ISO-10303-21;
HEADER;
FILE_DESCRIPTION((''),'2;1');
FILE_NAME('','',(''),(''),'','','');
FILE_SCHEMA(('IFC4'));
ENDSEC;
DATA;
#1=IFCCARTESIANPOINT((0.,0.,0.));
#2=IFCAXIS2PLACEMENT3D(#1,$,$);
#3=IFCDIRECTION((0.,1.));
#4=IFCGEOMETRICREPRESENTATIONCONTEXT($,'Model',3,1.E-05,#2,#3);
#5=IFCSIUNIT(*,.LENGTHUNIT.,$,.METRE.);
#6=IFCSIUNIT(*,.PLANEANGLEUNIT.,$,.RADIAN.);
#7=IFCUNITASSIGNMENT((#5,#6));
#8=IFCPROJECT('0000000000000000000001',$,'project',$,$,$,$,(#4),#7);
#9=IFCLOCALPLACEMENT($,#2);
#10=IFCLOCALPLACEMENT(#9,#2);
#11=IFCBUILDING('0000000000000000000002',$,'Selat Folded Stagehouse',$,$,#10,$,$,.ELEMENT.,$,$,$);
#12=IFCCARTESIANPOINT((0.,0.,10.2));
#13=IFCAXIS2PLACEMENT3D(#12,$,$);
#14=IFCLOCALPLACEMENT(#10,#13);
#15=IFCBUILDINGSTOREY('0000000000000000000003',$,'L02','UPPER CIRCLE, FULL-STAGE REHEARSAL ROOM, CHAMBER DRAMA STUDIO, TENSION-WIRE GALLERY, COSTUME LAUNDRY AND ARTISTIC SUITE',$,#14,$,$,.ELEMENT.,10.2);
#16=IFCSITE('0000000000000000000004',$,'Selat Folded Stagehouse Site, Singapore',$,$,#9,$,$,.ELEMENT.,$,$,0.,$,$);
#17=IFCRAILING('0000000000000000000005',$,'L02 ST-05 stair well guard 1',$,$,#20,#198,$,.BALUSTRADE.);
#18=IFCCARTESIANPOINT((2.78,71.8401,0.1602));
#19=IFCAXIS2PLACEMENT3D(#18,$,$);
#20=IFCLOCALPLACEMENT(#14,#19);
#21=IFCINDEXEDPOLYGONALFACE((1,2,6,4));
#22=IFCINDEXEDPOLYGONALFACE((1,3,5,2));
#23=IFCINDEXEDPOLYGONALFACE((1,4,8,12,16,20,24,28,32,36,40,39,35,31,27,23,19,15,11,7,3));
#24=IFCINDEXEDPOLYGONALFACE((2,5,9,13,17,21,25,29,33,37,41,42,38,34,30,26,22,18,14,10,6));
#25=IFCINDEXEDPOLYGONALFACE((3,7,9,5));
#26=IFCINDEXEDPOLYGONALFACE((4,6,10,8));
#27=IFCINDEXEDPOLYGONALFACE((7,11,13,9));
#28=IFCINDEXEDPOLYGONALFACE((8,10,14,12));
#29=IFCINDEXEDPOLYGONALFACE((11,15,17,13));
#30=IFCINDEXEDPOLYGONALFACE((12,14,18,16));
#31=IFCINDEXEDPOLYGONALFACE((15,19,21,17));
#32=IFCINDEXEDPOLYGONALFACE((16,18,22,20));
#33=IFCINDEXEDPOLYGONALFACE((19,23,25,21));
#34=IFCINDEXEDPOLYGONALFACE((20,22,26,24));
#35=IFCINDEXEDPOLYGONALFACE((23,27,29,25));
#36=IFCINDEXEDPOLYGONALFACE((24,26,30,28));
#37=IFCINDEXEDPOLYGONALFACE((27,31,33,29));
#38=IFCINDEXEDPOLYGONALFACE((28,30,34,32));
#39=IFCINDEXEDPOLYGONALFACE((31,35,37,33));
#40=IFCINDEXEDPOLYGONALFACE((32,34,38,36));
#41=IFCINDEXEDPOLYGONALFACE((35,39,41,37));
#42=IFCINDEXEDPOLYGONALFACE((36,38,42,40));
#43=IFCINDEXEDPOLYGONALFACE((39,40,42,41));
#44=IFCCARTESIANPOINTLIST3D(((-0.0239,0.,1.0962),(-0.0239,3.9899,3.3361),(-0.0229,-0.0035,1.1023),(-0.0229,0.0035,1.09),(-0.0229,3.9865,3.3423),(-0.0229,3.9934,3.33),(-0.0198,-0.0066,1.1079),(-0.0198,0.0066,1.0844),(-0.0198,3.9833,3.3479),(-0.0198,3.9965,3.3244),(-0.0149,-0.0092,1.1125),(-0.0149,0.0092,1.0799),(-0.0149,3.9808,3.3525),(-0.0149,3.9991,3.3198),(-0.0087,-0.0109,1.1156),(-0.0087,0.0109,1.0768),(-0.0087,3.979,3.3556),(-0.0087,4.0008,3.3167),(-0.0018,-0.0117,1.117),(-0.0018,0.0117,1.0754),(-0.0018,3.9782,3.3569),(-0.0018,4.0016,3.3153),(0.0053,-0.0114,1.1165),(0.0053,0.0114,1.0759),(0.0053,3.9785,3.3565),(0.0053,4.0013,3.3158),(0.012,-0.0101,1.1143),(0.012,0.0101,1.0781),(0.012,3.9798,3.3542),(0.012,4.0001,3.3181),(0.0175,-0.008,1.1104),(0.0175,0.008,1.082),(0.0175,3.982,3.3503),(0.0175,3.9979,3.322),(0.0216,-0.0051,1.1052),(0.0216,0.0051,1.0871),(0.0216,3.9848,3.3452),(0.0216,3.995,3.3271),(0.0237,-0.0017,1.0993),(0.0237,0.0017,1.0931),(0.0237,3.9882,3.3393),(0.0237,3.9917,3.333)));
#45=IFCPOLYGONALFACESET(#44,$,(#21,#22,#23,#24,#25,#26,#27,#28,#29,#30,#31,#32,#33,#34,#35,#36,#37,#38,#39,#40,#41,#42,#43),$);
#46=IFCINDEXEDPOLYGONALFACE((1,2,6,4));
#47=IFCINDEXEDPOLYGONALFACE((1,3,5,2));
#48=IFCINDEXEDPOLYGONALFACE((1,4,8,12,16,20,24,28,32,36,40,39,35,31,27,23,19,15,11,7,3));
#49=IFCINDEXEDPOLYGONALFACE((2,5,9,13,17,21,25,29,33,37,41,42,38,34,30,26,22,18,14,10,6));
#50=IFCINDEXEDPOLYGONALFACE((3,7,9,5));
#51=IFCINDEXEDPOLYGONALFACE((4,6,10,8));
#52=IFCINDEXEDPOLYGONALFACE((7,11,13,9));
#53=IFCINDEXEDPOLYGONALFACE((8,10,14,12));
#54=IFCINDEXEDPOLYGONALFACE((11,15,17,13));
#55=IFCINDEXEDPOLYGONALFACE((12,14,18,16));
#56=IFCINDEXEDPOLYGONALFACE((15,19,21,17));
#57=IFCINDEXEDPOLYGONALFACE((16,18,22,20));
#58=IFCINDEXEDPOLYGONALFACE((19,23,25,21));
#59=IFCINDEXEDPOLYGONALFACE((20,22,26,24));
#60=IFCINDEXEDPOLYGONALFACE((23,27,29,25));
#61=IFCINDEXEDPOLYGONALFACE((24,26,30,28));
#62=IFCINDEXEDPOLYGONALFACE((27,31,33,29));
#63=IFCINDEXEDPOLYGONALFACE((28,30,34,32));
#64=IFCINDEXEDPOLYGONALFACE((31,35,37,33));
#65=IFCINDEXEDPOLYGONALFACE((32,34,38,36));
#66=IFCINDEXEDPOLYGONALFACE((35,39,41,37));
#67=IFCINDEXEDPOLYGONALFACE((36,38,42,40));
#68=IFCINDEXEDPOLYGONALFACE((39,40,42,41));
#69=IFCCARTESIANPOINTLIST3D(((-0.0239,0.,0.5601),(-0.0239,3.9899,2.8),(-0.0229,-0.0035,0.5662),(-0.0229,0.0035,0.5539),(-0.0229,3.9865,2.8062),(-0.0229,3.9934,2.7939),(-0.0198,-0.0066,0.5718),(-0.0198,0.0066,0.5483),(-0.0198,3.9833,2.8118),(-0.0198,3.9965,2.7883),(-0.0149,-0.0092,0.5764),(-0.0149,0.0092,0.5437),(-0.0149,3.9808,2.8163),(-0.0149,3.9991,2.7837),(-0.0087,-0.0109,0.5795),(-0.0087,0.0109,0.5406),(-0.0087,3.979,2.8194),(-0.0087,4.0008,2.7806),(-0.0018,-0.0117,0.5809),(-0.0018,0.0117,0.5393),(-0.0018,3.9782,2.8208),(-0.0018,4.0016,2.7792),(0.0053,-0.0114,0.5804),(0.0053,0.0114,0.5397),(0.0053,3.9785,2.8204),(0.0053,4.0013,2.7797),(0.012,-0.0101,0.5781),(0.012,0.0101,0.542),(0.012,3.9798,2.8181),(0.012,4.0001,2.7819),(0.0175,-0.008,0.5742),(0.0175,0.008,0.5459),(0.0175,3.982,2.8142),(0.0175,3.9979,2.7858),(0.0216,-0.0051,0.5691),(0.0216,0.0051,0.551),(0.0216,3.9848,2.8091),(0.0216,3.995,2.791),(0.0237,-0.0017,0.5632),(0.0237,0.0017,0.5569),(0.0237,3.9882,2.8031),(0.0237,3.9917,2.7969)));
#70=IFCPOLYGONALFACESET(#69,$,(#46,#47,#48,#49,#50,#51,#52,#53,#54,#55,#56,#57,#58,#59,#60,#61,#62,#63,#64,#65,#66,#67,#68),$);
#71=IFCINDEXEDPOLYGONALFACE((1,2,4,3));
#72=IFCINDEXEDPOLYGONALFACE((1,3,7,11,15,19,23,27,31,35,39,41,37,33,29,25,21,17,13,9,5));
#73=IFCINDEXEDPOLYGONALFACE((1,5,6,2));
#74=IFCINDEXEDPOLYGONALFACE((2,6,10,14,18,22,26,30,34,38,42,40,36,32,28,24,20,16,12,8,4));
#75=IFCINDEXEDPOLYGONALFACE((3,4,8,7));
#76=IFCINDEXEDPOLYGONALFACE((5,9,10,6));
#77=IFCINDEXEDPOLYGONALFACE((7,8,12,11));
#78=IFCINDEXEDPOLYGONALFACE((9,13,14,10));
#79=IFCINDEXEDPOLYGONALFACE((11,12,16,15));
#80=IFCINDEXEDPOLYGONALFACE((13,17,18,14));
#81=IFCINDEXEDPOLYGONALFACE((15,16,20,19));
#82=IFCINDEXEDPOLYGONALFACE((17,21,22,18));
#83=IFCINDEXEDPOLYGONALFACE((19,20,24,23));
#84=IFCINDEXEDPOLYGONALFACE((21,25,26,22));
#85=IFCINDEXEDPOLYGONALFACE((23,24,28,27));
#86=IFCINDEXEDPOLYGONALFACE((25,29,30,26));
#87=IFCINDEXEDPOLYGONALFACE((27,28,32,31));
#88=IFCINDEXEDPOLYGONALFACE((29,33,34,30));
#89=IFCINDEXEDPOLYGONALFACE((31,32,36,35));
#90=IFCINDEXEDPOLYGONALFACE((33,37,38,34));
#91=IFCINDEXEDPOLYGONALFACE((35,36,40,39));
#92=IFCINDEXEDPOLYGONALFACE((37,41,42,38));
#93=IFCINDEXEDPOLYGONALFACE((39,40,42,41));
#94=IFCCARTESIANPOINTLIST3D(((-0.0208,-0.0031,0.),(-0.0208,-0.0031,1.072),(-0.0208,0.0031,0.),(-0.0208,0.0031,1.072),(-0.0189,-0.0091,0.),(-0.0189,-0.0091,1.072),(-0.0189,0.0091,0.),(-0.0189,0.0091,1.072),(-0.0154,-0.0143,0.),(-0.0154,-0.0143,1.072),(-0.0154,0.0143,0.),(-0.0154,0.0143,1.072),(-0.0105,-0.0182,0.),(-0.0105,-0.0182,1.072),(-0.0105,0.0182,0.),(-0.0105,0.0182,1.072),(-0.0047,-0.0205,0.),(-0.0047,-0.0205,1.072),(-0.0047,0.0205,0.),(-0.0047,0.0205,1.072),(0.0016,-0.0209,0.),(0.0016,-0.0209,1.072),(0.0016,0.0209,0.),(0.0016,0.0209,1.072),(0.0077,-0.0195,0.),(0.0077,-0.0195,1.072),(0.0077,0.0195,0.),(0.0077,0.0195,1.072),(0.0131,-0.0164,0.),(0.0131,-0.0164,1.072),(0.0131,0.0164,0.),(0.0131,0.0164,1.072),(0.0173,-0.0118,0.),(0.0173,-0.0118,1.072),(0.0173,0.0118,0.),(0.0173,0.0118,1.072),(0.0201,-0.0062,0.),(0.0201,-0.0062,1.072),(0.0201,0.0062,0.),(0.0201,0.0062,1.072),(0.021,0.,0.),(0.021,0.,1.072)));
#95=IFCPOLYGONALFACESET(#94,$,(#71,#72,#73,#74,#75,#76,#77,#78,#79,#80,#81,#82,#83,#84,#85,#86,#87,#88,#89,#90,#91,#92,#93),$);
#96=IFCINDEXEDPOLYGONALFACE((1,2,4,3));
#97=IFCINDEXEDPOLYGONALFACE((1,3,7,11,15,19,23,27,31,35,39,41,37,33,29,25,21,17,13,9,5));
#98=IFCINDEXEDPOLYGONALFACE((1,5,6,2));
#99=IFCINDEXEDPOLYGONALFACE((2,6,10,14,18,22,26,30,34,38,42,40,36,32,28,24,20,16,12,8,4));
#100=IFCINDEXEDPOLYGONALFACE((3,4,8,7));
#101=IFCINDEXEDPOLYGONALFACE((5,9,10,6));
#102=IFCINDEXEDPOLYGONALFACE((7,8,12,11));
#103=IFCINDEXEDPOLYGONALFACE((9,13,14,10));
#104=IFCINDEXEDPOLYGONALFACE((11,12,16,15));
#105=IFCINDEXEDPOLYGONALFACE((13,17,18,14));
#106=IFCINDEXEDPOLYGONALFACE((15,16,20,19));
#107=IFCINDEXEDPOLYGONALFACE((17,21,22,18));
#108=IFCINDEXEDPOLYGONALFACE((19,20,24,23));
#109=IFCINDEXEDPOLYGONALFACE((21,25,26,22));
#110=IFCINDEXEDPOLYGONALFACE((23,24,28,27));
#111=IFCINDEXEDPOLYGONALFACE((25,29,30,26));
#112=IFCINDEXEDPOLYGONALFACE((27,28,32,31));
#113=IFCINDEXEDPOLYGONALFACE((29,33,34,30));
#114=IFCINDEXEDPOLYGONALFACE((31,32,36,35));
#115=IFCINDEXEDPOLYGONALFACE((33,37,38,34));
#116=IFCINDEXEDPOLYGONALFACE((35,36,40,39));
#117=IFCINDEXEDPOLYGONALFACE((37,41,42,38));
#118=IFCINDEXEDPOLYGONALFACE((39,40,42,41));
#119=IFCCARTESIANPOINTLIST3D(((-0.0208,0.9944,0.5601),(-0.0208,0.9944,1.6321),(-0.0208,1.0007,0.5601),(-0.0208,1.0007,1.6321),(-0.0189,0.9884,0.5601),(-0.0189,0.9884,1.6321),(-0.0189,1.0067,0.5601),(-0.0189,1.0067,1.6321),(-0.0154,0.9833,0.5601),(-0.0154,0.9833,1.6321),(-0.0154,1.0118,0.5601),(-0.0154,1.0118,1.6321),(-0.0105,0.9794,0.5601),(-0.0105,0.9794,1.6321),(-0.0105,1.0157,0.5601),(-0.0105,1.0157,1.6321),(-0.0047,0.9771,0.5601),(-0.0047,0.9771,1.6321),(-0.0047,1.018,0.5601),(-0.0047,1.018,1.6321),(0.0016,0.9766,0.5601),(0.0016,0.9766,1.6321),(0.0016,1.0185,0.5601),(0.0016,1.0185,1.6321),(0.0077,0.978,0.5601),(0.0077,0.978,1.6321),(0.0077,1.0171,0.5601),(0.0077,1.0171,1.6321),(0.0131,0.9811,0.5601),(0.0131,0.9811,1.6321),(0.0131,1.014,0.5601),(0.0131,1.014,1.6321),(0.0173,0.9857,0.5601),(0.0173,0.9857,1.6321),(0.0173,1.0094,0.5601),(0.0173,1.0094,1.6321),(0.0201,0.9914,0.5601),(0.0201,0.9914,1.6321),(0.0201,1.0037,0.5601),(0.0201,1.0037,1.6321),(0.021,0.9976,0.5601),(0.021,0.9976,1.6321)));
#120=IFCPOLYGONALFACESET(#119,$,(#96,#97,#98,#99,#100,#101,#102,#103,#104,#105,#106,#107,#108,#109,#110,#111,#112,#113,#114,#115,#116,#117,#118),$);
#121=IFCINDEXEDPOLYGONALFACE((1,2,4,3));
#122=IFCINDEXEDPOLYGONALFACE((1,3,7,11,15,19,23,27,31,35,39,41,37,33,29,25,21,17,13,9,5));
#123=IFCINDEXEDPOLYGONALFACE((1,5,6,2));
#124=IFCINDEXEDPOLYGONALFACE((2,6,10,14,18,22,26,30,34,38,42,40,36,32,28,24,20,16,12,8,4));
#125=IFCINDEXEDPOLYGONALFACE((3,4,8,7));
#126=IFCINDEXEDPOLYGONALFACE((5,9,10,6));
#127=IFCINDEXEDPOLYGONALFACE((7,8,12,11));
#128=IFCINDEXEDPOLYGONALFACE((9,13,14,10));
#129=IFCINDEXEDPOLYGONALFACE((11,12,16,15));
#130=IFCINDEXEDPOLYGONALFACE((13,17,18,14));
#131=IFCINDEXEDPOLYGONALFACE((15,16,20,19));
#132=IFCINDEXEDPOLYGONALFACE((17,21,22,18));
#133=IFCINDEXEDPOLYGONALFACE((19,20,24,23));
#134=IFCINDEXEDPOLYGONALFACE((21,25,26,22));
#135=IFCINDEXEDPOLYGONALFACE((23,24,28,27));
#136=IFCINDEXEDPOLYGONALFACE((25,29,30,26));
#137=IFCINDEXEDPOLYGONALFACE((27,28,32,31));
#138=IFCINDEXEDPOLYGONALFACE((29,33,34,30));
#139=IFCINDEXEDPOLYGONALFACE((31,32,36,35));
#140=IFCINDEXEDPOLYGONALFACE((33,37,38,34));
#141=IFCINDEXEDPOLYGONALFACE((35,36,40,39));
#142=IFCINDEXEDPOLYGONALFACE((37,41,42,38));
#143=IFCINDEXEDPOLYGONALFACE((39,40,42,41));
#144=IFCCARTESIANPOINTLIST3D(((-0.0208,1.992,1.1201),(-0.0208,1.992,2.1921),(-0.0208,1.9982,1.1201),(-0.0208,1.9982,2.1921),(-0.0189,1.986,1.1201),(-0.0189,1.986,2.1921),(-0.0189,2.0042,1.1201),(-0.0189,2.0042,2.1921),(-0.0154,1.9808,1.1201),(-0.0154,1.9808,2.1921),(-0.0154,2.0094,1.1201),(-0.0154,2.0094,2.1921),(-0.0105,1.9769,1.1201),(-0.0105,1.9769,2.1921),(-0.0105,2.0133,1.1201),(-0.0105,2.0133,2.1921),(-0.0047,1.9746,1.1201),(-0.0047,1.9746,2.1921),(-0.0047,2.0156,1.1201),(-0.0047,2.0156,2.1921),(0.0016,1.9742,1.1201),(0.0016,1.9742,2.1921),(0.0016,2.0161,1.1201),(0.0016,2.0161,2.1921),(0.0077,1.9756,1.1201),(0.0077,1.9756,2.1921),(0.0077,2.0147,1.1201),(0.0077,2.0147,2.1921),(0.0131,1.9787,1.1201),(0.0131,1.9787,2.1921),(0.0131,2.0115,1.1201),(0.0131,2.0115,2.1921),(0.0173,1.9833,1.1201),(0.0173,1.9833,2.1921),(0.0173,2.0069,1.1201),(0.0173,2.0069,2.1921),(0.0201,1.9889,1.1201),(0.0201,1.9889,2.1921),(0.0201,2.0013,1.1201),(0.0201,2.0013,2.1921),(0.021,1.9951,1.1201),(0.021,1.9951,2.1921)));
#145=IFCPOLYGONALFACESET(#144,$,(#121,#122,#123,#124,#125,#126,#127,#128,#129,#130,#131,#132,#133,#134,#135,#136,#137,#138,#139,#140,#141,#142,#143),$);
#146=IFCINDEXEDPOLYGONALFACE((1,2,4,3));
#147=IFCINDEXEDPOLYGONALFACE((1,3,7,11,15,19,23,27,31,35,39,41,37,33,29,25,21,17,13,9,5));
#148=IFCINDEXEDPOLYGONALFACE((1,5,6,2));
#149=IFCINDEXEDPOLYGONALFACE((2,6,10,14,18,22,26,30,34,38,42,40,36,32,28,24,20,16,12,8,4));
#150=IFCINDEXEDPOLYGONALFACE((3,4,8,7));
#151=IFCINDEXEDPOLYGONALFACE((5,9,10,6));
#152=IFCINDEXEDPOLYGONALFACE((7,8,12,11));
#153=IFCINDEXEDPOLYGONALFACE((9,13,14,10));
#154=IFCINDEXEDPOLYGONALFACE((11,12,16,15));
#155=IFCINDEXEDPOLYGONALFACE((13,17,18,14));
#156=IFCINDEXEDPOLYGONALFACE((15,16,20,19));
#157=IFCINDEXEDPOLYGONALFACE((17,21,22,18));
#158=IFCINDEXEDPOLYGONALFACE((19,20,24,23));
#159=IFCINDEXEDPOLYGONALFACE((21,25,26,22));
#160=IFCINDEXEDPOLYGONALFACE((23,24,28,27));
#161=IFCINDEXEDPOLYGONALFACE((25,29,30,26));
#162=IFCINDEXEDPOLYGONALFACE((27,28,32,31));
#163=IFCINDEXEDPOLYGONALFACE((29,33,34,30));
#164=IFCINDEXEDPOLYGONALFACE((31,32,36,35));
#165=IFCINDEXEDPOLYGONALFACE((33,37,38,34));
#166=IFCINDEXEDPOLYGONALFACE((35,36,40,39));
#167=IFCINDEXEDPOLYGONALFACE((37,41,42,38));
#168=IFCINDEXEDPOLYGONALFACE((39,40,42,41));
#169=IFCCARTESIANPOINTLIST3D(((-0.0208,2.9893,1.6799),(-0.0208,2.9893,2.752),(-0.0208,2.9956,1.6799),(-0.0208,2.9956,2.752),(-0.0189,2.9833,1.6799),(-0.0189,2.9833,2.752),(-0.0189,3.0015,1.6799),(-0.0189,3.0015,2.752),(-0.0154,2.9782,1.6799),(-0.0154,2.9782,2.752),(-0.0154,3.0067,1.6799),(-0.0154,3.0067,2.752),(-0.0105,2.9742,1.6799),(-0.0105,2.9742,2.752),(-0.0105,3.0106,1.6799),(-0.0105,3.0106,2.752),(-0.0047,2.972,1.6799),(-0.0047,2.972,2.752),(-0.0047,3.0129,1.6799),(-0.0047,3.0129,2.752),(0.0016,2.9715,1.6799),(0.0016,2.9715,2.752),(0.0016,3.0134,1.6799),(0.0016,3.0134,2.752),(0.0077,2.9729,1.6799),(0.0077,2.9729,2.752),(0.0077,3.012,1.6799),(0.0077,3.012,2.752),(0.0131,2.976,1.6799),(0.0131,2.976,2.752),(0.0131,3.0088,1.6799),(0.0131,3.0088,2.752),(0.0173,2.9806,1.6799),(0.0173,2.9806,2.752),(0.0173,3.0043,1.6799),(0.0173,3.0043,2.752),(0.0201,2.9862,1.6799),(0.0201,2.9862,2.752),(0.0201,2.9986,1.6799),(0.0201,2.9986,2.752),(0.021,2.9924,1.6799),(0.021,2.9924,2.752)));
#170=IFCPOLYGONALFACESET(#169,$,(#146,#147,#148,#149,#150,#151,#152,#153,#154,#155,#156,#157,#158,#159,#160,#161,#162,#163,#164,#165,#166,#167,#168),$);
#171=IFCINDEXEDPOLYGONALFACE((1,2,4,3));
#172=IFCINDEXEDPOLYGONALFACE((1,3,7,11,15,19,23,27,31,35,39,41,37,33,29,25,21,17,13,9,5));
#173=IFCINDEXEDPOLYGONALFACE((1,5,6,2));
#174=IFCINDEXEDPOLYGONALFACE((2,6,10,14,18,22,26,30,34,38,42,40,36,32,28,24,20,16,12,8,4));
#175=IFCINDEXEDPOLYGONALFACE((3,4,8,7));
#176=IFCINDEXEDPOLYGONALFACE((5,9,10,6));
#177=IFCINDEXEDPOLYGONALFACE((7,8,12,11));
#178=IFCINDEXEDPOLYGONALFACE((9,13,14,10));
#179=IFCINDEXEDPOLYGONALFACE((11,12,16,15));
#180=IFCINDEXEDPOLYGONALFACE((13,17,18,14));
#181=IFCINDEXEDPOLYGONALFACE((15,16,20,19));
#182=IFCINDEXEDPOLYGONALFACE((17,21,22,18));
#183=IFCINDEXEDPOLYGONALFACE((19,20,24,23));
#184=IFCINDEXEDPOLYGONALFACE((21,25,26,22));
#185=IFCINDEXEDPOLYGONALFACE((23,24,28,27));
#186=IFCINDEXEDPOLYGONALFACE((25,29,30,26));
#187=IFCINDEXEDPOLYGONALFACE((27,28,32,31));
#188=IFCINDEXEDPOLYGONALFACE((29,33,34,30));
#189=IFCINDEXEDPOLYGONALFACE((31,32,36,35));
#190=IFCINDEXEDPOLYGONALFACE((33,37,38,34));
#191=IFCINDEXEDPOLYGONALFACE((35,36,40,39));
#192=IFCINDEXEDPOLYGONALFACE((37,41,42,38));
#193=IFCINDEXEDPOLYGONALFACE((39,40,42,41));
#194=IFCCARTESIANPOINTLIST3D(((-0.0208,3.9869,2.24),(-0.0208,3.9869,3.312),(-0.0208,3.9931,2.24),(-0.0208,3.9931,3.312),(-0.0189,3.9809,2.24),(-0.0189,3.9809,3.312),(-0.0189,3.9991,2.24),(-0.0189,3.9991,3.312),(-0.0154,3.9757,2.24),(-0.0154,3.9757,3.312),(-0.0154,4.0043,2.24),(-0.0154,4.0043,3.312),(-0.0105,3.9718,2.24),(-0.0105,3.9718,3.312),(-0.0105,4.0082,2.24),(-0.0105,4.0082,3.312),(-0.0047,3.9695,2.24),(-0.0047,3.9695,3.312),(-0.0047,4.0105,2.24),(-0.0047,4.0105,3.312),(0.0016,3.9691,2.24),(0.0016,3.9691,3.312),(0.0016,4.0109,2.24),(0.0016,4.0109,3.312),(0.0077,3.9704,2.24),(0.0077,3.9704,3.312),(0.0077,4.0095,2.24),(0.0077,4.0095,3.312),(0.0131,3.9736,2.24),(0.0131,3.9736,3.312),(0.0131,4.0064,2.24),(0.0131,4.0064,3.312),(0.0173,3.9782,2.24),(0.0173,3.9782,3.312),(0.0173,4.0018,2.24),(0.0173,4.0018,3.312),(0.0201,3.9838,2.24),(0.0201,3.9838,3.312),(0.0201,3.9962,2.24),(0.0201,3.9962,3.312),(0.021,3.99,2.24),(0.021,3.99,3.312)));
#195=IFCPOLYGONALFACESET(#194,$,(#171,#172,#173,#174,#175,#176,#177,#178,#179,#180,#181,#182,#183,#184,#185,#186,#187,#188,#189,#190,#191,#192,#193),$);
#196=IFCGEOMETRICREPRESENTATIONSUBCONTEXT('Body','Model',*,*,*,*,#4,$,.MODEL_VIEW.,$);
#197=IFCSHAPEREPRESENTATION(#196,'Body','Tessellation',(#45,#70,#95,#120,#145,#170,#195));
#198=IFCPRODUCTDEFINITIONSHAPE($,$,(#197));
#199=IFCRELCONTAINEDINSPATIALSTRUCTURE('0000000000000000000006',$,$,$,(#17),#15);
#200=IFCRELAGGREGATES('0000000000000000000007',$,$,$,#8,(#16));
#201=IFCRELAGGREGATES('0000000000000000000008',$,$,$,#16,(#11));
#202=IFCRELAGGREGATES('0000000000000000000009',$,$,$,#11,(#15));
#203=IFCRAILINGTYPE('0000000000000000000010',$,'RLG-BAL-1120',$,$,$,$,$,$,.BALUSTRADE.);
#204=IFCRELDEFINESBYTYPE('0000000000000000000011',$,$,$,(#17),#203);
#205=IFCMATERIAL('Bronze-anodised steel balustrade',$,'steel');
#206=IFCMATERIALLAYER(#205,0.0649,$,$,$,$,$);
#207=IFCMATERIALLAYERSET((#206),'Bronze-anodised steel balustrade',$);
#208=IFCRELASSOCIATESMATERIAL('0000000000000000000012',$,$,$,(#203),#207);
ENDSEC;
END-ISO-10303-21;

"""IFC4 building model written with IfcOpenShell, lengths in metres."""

from ifc_helpers import new_model, si_unit, direction, frame, origin, origin_2d, place, context, subcontext, project, spatial, circle, extrude, material, layer, layer_set, type_object, element, save


model = new_model("IFC4")

# Units and contexts
model_context = context("Model", 3, precision=1e-05, world=origin(), true_north=direction((0.0, 1.0)))
body_context = subcontext(model_context, "Body", "Model", "MODEL_VIEW")
ifc_project = project(units=[si_unit("LENGTHUNIT", "METRE"), si_unit("PLANEANGLEUNIT", "RADIAN")], contexts=[model_context])

# Site, building, storey
site_placement = place(None, origin())
site = spatial("IfcSite", under=ifc_project, at=site_placement, Name="Selat Folded Stagehouse Site, Singapore", CompositionType="ELEMENT", RefElevation=0.0)
building_placement = place(site_placement, origin())
building = spatial("IfcBuilding", under=site, at=building_placement, Name="Selat Folded Stagehouse", CompositionType="ELEMENT")
storey_placement = place(building_placement, frame((0.0, 0.0, 10.2)))
storey = spatial("IfcBuildingStorey", under=building, at=storey_placement, Name="L02", Description="UPPER CIRCLE, FULL-STAGE REHEARSAL ROOM, CHAMBER DRAMA STUDIO, TENSION-WIRE GALLERY, COSTUME LAUNDRY AND ARTISTIC SUITE", CompositionType="ELEMENT", Elevation=10.2)

# Railing
ifc_material_1 = material(Name="Bronze-anodised steel balustrade", Category="steel")
ifc_layer_1 = layer(ifc_material_1, 0.0649)
ifc_layer_set_1 = layer_set([ifc_layer_1], Name="Bronze-anodised steel balustrade")
railing_type_1 = type_object("IfcRailingType", Name="RLG-BAL-1120", PredefinedType="BALUSTRADE", material=ifc_layer_set_1)
railing_1_placement = place(storey_placement, frame((2.78, 71.8401, 0.1602)))
element("IfcRailing", 1, at=railing_1_placement, inside=storey, type_object=railing_type_1, Name="L02 ST-05 stair well guard 1", PredefinedType="BALUSTRADE", context=body_context, shape_type="SweptSolid", body=[
    extrude(circle(Radius=0.0239, at=origin_2d()), frame((0.0, 0.0, 1.0962), z_axis=(0.0, 0.871984, 0.489534), x_axis=(-1.0, 0.0, 0.0)), (0.0, 0.0, 1.0), 4.5757),
    extrude(circle(Radius=0.0239, at=origin_2d()), frame((0.0, 0.0, 0.5601), z_axis=(0.0, 0.871984, 0.489534), x_axis=(-1.0, 0.0, 0.0)), (0.0, 0.0, 1.0), 4.5757),
    extrude(circle(Radius=0.021, at=origin_2d()), origin(), (0.0, 0.0, 1.0), 1.072),
    extrude(circle(Radius=0.021, at=origin_2d()), frame((0.0, 0.9976, 0.5601)), (0.0, 0.0, 1.0), 1.072),
    extrude(circle(Radius=0.021, at=origin_2d()), frame((0.0, 1.9951, 1.1201)), (0.0, 0.0, 1.0), 1.072),
    extrude(circle(Radius=0.021, at=origin_2d()), frame((0.0, 2.9924, 1.6799)), (0.0, 0.0, 1.0), 1.072),
    extrude(circle(Radius=0.021, at=origin_2d()), frame((0.0, 3.99, 2.24)), (0.0, 0.0, 1.0), 1.072),
])

save(model, "model.ifc")
